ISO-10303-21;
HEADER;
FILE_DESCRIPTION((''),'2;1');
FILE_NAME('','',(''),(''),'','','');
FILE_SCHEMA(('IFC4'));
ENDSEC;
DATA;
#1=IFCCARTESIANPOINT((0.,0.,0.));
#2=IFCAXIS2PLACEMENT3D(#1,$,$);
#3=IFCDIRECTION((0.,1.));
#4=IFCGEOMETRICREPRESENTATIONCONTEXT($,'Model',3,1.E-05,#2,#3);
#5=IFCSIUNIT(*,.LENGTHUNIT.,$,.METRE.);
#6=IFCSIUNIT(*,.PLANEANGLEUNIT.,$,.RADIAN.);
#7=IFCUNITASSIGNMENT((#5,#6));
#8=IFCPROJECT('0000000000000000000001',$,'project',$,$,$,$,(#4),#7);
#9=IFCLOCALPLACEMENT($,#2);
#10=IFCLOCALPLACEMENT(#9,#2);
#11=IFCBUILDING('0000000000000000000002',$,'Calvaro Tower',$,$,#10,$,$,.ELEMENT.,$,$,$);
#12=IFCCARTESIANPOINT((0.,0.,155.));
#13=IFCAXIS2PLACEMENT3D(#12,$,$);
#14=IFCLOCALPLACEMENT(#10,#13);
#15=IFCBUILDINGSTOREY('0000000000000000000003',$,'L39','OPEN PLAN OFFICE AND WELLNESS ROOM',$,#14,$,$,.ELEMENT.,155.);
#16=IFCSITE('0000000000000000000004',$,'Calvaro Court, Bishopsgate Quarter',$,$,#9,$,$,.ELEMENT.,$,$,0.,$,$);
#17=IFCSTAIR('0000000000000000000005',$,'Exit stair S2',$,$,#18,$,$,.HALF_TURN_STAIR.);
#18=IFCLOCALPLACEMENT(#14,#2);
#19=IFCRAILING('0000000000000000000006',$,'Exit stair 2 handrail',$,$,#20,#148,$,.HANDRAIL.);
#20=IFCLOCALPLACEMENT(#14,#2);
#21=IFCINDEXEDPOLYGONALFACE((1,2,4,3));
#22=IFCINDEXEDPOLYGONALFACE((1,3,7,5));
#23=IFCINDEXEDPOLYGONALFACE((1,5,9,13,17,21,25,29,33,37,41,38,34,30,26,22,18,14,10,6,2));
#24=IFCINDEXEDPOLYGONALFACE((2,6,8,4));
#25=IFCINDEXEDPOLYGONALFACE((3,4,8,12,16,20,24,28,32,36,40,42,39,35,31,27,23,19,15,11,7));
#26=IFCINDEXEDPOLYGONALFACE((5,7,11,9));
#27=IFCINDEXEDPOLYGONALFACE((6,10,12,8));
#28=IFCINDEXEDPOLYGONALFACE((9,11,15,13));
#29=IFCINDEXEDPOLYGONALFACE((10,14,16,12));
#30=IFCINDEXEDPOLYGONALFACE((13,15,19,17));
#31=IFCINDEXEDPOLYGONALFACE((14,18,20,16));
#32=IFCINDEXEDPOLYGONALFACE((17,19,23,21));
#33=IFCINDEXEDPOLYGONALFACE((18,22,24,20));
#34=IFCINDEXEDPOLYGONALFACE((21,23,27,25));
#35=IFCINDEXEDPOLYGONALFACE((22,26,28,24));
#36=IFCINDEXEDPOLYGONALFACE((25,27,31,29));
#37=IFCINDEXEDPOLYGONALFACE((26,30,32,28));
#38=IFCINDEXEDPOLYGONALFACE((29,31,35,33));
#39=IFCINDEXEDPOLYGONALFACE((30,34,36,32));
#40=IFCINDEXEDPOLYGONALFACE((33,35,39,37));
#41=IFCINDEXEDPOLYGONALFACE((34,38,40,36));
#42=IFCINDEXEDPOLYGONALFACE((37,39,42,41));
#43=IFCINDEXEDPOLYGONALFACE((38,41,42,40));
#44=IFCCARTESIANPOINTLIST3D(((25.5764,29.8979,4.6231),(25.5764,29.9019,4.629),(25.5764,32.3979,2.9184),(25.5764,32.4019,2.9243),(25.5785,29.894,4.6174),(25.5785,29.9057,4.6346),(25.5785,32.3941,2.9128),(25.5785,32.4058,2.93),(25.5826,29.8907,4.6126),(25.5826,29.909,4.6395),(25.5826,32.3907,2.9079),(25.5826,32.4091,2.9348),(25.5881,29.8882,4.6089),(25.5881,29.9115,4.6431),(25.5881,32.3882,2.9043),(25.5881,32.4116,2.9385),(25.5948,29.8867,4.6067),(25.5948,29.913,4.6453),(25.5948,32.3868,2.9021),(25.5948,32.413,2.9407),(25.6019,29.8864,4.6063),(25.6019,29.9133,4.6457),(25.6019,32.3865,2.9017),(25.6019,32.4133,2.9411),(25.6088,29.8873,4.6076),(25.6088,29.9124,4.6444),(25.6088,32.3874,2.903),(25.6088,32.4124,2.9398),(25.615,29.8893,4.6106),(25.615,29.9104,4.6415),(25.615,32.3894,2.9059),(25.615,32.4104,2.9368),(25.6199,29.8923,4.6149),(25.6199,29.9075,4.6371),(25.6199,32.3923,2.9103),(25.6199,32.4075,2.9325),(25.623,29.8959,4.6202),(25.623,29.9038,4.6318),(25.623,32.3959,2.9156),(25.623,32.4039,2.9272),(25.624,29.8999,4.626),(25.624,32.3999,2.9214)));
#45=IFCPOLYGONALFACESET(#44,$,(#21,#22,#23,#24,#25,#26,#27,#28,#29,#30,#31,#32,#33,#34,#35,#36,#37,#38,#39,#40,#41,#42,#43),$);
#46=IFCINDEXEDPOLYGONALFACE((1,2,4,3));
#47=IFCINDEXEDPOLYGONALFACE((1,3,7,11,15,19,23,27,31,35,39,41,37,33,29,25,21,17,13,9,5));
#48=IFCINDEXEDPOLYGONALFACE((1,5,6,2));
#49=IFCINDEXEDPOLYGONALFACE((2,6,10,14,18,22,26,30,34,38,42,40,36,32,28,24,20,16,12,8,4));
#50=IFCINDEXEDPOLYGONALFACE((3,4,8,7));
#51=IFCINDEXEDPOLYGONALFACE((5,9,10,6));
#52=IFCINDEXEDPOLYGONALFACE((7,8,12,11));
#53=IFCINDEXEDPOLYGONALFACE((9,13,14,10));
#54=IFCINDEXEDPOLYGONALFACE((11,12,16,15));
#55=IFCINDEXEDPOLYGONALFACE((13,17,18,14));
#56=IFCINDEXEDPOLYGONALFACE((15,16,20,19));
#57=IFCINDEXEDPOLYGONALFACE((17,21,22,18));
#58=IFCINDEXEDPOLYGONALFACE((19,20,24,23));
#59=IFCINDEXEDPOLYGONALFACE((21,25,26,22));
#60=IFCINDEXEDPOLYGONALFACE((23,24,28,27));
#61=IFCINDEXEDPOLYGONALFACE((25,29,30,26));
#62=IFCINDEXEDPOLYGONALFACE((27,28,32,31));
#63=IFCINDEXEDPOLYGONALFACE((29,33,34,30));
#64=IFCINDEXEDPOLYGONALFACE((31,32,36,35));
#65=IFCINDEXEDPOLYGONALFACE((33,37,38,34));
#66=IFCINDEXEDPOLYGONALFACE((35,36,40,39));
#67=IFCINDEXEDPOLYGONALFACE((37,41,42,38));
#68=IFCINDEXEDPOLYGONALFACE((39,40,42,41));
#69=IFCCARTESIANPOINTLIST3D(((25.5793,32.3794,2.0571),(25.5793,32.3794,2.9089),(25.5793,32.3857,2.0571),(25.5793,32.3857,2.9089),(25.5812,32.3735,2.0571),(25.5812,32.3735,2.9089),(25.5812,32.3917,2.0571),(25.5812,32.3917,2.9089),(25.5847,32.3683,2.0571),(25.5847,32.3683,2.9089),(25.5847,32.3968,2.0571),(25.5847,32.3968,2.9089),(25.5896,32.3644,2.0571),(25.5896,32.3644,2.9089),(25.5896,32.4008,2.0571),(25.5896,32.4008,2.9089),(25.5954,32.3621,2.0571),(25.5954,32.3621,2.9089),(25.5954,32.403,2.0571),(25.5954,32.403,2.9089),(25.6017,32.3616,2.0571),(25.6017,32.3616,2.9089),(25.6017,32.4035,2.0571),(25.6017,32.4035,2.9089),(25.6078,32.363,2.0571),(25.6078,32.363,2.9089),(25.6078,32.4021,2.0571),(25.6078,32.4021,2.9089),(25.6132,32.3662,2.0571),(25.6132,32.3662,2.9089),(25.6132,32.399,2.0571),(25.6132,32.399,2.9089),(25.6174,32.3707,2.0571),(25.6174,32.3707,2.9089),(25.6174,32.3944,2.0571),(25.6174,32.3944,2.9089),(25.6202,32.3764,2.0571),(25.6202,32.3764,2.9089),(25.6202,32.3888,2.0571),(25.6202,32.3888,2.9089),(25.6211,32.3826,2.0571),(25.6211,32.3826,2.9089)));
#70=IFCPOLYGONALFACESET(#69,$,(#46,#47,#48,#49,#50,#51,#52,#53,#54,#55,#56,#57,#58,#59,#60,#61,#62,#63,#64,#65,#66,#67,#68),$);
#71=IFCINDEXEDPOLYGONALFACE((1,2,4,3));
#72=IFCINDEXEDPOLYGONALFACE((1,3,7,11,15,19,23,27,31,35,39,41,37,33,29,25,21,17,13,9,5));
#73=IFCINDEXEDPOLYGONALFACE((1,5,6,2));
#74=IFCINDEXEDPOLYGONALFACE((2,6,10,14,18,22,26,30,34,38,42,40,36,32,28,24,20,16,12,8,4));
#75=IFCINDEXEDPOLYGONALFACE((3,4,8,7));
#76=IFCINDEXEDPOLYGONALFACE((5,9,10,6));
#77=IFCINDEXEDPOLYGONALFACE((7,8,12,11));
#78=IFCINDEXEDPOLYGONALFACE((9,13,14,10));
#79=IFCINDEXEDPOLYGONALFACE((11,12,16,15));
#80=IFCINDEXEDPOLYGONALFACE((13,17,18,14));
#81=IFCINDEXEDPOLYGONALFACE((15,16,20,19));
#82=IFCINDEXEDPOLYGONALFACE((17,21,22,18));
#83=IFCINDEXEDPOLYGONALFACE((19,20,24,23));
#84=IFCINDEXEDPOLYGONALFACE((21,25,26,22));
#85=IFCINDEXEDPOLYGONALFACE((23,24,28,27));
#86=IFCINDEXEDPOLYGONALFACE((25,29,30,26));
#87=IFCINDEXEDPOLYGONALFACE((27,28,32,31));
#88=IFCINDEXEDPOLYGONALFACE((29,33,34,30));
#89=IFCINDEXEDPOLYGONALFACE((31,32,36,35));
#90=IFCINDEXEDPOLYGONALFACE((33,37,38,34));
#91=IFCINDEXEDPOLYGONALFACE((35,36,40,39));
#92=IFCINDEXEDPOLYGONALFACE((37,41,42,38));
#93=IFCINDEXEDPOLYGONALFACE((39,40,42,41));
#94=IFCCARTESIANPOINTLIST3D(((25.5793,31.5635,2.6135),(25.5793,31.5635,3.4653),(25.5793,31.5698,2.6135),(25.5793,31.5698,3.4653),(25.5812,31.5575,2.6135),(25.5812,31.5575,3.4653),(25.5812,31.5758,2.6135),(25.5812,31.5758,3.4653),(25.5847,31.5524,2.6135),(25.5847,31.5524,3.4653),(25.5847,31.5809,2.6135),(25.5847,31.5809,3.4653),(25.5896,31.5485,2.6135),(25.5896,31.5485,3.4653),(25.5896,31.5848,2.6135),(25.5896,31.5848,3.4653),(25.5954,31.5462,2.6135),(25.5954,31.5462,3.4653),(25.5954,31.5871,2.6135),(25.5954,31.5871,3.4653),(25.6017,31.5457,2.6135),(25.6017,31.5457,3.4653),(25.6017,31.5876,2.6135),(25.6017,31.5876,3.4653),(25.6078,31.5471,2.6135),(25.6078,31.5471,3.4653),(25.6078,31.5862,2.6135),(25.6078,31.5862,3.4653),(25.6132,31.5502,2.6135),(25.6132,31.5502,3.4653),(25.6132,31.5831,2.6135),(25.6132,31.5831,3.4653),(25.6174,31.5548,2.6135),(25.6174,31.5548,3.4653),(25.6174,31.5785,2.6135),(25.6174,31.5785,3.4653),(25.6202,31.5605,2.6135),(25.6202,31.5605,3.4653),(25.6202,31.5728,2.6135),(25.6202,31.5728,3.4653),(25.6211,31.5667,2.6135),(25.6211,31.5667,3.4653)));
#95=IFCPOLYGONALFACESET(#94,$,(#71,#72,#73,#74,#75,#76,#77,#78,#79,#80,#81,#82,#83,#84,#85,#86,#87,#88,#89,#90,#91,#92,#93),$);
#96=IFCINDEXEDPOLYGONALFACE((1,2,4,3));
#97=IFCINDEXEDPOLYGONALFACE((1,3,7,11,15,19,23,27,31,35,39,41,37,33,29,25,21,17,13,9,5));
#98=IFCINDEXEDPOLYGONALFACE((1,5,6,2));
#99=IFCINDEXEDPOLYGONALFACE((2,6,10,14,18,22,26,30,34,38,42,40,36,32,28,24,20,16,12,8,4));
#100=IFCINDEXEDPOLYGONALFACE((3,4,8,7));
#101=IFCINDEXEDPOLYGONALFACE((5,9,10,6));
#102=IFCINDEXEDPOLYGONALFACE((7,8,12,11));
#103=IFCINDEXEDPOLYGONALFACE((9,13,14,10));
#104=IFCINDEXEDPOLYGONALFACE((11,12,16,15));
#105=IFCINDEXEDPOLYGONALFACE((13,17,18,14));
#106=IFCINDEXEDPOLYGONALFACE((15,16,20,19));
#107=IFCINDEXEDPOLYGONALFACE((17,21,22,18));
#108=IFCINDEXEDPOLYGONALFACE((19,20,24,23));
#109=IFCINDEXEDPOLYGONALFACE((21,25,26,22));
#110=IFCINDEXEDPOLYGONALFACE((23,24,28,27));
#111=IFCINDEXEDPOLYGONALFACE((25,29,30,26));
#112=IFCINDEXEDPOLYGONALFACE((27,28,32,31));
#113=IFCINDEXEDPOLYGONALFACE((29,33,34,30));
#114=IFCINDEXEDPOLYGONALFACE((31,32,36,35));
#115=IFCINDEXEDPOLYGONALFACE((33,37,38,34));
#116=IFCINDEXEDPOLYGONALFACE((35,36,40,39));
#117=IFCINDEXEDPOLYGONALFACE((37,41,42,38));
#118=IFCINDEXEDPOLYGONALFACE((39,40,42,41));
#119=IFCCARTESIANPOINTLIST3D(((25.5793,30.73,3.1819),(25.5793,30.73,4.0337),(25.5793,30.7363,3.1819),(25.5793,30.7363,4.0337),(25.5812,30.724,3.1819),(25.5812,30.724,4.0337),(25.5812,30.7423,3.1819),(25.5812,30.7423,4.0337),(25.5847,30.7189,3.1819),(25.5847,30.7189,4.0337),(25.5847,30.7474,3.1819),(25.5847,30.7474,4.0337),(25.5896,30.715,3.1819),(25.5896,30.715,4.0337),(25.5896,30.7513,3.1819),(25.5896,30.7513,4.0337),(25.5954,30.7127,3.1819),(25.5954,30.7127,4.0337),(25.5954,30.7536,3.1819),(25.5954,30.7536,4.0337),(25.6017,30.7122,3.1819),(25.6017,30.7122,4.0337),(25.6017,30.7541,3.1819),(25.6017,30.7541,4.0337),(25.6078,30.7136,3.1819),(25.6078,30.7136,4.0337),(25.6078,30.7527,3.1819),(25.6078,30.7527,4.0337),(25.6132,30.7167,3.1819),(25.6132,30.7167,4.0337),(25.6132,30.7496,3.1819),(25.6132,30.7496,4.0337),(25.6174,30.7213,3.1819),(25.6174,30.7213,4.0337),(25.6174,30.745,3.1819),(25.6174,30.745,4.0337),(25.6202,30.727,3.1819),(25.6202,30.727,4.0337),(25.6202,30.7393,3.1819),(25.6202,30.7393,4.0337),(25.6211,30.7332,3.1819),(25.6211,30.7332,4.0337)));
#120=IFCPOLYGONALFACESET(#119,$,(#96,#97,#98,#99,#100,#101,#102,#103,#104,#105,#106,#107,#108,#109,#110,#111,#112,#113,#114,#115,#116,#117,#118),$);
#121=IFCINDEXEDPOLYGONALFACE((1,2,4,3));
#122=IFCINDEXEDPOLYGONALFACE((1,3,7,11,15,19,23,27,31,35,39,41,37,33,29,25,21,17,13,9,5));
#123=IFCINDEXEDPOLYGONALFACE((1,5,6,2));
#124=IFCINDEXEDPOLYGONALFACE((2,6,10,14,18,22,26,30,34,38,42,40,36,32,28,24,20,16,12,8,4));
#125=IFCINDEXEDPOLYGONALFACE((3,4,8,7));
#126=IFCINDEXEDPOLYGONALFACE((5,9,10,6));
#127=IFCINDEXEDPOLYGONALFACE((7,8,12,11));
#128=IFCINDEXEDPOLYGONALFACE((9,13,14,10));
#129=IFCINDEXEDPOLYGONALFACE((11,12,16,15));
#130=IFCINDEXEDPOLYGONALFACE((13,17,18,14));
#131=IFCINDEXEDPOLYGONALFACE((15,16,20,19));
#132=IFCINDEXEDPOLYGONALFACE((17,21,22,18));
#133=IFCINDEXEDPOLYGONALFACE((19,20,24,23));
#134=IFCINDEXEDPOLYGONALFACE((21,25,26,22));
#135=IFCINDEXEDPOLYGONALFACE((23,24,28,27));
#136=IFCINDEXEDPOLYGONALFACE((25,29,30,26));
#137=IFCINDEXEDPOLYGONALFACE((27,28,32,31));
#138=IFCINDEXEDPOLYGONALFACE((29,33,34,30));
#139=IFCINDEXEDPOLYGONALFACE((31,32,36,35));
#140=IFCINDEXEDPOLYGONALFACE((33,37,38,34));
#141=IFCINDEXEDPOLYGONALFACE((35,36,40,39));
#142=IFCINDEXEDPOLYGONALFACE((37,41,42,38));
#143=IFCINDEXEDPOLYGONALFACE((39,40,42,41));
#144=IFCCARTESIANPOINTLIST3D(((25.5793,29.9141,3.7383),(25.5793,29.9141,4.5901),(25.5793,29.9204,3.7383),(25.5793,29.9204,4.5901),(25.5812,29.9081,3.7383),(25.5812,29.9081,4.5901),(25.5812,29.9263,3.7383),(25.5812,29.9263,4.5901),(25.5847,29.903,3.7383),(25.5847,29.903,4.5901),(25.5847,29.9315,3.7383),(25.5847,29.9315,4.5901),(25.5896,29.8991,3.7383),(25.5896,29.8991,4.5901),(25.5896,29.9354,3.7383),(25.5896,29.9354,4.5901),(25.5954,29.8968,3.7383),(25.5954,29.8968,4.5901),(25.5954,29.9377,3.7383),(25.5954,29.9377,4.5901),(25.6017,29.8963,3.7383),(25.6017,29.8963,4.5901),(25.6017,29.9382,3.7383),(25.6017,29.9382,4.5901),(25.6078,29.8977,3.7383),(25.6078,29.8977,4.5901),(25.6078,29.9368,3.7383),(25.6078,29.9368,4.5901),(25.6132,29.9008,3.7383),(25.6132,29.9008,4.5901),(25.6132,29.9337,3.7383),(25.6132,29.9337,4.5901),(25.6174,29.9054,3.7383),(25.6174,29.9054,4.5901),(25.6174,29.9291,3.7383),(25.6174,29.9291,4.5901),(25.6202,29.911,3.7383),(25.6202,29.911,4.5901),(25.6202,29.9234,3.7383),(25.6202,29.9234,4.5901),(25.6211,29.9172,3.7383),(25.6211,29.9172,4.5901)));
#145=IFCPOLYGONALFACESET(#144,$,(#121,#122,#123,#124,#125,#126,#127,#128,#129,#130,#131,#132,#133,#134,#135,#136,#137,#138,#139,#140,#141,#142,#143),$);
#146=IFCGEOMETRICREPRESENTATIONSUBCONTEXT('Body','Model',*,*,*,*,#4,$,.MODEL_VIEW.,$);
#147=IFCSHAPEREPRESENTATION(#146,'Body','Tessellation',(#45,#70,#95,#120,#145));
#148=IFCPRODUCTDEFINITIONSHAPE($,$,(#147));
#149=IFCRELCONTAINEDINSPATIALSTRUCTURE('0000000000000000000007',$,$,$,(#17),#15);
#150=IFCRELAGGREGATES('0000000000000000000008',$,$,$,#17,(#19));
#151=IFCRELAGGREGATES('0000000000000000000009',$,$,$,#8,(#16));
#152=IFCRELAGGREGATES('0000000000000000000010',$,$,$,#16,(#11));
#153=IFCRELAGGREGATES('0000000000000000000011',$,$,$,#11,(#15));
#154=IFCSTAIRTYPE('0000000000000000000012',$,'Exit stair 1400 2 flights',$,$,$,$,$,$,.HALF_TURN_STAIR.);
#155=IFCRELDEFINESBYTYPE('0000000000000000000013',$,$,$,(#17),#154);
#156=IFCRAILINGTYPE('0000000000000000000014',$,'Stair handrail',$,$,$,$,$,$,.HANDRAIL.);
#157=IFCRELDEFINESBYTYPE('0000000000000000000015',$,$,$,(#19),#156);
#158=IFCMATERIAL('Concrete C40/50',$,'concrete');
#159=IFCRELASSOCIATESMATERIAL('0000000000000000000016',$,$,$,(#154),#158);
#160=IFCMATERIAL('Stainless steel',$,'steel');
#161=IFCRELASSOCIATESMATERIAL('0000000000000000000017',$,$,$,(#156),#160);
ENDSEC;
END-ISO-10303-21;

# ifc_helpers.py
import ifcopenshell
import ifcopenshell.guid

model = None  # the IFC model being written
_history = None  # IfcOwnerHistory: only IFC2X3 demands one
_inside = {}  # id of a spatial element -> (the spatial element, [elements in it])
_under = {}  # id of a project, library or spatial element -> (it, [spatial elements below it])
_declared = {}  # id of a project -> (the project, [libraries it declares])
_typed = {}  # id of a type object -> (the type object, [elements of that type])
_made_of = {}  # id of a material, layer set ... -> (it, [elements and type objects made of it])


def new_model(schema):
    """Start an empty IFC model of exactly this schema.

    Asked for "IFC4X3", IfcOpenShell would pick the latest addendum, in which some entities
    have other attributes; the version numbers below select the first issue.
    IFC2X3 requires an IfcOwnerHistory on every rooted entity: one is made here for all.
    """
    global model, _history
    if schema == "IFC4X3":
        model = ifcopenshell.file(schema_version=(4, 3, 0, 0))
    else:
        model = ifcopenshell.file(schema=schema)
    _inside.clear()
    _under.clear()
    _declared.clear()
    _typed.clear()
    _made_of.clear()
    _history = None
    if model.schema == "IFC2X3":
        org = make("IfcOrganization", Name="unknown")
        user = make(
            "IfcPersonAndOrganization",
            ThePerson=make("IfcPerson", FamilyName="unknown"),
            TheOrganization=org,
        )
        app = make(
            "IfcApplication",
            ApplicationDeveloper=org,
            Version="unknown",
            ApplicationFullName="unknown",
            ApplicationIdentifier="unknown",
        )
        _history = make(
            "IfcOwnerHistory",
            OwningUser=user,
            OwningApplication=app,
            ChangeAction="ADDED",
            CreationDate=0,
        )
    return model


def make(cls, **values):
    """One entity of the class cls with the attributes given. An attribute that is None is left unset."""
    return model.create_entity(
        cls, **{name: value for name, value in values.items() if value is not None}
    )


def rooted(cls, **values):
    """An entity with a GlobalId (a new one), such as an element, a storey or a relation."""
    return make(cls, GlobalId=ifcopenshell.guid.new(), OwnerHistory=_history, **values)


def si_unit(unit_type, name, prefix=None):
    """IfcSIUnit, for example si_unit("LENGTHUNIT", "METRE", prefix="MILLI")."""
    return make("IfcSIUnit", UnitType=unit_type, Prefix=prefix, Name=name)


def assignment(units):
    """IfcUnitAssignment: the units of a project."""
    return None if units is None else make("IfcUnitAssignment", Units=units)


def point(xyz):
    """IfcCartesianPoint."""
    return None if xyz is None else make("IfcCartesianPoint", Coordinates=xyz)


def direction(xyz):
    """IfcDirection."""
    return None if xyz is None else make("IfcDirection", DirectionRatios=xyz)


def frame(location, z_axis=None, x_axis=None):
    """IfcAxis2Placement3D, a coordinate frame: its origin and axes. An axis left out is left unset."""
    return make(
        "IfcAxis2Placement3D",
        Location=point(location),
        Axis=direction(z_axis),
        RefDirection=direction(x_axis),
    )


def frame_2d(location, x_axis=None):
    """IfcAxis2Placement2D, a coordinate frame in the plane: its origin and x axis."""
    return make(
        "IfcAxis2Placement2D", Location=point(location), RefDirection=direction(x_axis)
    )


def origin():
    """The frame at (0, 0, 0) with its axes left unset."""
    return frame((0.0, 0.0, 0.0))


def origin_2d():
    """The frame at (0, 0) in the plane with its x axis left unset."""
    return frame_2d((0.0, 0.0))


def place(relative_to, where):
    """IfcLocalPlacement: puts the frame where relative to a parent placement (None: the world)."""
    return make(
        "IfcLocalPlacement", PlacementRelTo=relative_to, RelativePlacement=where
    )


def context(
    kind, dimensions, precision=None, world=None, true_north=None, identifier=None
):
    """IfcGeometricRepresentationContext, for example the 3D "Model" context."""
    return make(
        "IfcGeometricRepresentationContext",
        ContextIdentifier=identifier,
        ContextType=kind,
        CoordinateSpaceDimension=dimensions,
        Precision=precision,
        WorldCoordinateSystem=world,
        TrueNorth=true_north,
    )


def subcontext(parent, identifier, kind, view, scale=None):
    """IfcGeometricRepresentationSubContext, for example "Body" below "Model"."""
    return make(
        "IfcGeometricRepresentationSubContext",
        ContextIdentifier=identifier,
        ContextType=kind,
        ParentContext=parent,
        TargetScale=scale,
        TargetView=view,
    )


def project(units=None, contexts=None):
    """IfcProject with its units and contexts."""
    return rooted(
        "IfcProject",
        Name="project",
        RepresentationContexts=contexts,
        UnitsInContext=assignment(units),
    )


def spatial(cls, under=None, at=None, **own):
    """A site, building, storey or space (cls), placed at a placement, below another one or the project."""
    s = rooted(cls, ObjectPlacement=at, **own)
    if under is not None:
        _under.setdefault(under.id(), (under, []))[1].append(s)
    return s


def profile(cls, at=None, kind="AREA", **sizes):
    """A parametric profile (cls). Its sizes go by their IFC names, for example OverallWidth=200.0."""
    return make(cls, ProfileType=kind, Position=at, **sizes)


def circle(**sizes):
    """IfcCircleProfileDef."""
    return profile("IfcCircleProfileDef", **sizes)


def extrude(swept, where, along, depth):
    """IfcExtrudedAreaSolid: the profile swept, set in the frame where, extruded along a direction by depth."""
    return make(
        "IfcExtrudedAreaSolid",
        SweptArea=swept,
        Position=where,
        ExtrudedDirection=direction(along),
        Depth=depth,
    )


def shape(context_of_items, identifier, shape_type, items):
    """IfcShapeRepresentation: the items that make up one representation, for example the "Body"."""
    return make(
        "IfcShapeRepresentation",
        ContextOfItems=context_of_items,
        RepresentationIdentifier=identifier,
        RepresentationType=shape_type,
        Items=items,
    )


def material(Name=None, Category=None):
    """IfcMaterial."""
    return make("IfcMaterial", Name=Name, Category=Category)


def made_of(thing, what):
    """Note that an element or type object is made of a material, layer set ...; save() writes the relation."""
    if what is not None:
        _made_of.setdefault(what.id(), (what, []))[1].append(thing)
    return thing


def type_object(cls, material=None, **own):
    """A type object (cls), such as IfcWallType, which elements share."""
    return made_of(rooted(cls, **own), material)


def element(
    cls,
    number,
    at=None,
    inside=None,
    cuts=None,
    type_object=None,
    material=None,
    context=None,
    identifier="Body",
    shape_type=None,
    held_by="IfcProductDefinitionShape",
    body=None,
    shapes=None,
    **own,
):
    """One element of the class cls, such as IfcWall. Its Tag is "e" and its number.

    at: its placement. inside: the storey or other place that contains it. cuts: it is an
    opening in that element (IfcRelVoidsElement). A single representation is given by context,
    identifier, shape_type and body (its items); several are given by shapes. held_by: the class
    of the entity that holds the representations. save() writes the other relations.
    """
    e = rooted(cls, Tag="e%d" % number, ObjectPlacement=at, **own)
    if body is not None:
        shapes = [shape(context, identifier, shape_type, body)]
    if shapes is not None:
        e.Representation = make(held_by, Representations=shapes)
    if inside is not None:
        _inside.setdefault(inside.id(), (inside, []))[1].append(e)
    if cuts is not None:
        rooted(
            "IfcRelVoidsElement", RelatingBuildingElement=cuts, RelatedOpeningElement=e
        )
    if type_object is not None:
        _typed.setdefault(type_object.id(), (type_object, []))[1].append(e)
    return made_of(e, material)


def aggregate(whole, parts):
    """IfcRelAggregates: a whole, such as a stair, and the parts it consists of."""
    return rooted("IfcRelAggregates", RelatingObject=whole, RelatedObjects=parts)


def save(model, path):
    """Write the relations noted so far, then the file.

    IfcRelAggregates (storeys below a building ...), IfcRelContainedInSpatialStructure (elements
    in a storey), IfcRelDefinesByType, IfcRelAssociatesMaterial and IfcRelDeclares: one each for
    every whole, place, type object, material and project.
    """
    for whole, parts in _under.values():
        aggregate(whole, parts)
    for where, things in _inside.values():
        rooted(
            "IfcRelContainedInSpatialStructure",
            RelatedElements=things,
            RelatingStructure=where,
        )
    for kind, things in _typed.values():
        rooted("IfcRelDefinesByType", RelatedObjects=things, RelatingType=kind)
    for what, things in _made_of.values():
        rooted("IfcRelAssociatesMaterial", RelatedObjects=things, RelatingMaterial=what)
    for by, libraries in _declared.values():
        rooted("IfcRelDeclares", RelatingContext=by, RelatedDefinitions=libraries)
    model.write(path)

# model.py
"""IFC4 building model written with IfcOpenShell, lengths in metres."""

from ifc_helpers import new_model, si_unit, direction, frame, origin, origin_2d, place, context, subcontext, project, spatial, circle, extrude, material, type_object, element, aggregate, save


model = new_model("IFC4")

# Units and contexts
model_context = context("Model", 3, precision=1e-05, world=origin(), true_north=direction((0.0, 1.0)))
body_context = subcontext(model_context, "Body", "Model", "MODEL_VIEW")
ifc_project = project(units=[si_unit("LENGTHUNIT", "METRE"), si_unit("PLANEANGLEUNIT", "RADIAN")], contexts=[model_context])

# Site, building, storey
site_placement = place(None, origin())
site = spatial("IfcSite", under=ifc_project, at=site_placement, Name="Calvaro Court, Bishopsgate Quarter", CompositionType="ELEMENT", RefElevation=0.0)
building_placement = place(site_placement, origin())
building = spatial("IfcBuilding", under=site, at=building_placement, Name="Calvaro Tower", CompositionType="ELEMENT")
storey_placement = place(building_placement, frame((0.0, 0.0, 155.0)))
storey = spatial("IfcBuildingStorey", under=building, at=storey_placement, Name="L39", Description="OPEN PLAN OFFICE AND WELLNESS ROOM", CompositionType="ELEMENT", Elevation=155.0)

# Stair, railing
ifc_material_1 = material(Name="Concrete C40/50", Category="concrete")
stair_type = type_object("IfcStairType", Name="Exit stair 1400 2 flights", PredefinedType="HALF_TURN_STAIR", material=ifc_material_1)
stair_placement = place(storey_placement, origin())
stair = element("IfcStair", 1, at=stair_placement, inside=storey, type_object=stair_type, Name="Exit stair S2", PredefinedType="HALF_TURN_STAIR")
ifc_material_2 = material(Name="Stainless steel", Category="steel")
railing_type = type_object("IfcRailingType", Name="Stair handrail", PredefinedType="HANDRAIL", material=ifc_material_2)
railing_1_placement = place(storey_placement, frame((25.6001, 32.3999, 2.0454)))
railing_1 = element("IfcRailing", 2, at=railing_1_placement, type_object=railing_type, Name="Exit stair 2 handrail", PredefinedType="HANDRAIL", context=body_context, shape_type="SweptSolid", body=[
    extrude(circle(Radius=0.0239, at=origin_2d()), frame((0.0, 0.0, 0.876), z_axis=(0.0, -0.826221, 0.563347), x_axis=(1.0, 0.0, 0.0)), (0.0, 0.0, 1.0), 3.0259),
    extrude(circle(Radius=0.021, at=origin_2d()), frame((0.0, -0.0173, 0.0117)), (0.0, 0.0, 1.0), 0.8518),
    extrude(circle(Radius=0.021, at=origin_2d()), frame((0.0, -0.8333, 0.5681)), (0.0, 0.0, 1.0), 0.8518),
    extrude(circle(Radius=0.021, at=origin_2d()), frame((0.0, -1.6667, 1.1365)), (0.0, 0.0, 1.0), 0.8518),
    extrude(circle(Radius=0.021, at=origin_2d()), frame((0.0, -2.4827, 1.6929)), (0.0, 0.0, 1.0), 0.8518),
])
aggregate(stair, [railing_1])

save(model, "model.ifc")
